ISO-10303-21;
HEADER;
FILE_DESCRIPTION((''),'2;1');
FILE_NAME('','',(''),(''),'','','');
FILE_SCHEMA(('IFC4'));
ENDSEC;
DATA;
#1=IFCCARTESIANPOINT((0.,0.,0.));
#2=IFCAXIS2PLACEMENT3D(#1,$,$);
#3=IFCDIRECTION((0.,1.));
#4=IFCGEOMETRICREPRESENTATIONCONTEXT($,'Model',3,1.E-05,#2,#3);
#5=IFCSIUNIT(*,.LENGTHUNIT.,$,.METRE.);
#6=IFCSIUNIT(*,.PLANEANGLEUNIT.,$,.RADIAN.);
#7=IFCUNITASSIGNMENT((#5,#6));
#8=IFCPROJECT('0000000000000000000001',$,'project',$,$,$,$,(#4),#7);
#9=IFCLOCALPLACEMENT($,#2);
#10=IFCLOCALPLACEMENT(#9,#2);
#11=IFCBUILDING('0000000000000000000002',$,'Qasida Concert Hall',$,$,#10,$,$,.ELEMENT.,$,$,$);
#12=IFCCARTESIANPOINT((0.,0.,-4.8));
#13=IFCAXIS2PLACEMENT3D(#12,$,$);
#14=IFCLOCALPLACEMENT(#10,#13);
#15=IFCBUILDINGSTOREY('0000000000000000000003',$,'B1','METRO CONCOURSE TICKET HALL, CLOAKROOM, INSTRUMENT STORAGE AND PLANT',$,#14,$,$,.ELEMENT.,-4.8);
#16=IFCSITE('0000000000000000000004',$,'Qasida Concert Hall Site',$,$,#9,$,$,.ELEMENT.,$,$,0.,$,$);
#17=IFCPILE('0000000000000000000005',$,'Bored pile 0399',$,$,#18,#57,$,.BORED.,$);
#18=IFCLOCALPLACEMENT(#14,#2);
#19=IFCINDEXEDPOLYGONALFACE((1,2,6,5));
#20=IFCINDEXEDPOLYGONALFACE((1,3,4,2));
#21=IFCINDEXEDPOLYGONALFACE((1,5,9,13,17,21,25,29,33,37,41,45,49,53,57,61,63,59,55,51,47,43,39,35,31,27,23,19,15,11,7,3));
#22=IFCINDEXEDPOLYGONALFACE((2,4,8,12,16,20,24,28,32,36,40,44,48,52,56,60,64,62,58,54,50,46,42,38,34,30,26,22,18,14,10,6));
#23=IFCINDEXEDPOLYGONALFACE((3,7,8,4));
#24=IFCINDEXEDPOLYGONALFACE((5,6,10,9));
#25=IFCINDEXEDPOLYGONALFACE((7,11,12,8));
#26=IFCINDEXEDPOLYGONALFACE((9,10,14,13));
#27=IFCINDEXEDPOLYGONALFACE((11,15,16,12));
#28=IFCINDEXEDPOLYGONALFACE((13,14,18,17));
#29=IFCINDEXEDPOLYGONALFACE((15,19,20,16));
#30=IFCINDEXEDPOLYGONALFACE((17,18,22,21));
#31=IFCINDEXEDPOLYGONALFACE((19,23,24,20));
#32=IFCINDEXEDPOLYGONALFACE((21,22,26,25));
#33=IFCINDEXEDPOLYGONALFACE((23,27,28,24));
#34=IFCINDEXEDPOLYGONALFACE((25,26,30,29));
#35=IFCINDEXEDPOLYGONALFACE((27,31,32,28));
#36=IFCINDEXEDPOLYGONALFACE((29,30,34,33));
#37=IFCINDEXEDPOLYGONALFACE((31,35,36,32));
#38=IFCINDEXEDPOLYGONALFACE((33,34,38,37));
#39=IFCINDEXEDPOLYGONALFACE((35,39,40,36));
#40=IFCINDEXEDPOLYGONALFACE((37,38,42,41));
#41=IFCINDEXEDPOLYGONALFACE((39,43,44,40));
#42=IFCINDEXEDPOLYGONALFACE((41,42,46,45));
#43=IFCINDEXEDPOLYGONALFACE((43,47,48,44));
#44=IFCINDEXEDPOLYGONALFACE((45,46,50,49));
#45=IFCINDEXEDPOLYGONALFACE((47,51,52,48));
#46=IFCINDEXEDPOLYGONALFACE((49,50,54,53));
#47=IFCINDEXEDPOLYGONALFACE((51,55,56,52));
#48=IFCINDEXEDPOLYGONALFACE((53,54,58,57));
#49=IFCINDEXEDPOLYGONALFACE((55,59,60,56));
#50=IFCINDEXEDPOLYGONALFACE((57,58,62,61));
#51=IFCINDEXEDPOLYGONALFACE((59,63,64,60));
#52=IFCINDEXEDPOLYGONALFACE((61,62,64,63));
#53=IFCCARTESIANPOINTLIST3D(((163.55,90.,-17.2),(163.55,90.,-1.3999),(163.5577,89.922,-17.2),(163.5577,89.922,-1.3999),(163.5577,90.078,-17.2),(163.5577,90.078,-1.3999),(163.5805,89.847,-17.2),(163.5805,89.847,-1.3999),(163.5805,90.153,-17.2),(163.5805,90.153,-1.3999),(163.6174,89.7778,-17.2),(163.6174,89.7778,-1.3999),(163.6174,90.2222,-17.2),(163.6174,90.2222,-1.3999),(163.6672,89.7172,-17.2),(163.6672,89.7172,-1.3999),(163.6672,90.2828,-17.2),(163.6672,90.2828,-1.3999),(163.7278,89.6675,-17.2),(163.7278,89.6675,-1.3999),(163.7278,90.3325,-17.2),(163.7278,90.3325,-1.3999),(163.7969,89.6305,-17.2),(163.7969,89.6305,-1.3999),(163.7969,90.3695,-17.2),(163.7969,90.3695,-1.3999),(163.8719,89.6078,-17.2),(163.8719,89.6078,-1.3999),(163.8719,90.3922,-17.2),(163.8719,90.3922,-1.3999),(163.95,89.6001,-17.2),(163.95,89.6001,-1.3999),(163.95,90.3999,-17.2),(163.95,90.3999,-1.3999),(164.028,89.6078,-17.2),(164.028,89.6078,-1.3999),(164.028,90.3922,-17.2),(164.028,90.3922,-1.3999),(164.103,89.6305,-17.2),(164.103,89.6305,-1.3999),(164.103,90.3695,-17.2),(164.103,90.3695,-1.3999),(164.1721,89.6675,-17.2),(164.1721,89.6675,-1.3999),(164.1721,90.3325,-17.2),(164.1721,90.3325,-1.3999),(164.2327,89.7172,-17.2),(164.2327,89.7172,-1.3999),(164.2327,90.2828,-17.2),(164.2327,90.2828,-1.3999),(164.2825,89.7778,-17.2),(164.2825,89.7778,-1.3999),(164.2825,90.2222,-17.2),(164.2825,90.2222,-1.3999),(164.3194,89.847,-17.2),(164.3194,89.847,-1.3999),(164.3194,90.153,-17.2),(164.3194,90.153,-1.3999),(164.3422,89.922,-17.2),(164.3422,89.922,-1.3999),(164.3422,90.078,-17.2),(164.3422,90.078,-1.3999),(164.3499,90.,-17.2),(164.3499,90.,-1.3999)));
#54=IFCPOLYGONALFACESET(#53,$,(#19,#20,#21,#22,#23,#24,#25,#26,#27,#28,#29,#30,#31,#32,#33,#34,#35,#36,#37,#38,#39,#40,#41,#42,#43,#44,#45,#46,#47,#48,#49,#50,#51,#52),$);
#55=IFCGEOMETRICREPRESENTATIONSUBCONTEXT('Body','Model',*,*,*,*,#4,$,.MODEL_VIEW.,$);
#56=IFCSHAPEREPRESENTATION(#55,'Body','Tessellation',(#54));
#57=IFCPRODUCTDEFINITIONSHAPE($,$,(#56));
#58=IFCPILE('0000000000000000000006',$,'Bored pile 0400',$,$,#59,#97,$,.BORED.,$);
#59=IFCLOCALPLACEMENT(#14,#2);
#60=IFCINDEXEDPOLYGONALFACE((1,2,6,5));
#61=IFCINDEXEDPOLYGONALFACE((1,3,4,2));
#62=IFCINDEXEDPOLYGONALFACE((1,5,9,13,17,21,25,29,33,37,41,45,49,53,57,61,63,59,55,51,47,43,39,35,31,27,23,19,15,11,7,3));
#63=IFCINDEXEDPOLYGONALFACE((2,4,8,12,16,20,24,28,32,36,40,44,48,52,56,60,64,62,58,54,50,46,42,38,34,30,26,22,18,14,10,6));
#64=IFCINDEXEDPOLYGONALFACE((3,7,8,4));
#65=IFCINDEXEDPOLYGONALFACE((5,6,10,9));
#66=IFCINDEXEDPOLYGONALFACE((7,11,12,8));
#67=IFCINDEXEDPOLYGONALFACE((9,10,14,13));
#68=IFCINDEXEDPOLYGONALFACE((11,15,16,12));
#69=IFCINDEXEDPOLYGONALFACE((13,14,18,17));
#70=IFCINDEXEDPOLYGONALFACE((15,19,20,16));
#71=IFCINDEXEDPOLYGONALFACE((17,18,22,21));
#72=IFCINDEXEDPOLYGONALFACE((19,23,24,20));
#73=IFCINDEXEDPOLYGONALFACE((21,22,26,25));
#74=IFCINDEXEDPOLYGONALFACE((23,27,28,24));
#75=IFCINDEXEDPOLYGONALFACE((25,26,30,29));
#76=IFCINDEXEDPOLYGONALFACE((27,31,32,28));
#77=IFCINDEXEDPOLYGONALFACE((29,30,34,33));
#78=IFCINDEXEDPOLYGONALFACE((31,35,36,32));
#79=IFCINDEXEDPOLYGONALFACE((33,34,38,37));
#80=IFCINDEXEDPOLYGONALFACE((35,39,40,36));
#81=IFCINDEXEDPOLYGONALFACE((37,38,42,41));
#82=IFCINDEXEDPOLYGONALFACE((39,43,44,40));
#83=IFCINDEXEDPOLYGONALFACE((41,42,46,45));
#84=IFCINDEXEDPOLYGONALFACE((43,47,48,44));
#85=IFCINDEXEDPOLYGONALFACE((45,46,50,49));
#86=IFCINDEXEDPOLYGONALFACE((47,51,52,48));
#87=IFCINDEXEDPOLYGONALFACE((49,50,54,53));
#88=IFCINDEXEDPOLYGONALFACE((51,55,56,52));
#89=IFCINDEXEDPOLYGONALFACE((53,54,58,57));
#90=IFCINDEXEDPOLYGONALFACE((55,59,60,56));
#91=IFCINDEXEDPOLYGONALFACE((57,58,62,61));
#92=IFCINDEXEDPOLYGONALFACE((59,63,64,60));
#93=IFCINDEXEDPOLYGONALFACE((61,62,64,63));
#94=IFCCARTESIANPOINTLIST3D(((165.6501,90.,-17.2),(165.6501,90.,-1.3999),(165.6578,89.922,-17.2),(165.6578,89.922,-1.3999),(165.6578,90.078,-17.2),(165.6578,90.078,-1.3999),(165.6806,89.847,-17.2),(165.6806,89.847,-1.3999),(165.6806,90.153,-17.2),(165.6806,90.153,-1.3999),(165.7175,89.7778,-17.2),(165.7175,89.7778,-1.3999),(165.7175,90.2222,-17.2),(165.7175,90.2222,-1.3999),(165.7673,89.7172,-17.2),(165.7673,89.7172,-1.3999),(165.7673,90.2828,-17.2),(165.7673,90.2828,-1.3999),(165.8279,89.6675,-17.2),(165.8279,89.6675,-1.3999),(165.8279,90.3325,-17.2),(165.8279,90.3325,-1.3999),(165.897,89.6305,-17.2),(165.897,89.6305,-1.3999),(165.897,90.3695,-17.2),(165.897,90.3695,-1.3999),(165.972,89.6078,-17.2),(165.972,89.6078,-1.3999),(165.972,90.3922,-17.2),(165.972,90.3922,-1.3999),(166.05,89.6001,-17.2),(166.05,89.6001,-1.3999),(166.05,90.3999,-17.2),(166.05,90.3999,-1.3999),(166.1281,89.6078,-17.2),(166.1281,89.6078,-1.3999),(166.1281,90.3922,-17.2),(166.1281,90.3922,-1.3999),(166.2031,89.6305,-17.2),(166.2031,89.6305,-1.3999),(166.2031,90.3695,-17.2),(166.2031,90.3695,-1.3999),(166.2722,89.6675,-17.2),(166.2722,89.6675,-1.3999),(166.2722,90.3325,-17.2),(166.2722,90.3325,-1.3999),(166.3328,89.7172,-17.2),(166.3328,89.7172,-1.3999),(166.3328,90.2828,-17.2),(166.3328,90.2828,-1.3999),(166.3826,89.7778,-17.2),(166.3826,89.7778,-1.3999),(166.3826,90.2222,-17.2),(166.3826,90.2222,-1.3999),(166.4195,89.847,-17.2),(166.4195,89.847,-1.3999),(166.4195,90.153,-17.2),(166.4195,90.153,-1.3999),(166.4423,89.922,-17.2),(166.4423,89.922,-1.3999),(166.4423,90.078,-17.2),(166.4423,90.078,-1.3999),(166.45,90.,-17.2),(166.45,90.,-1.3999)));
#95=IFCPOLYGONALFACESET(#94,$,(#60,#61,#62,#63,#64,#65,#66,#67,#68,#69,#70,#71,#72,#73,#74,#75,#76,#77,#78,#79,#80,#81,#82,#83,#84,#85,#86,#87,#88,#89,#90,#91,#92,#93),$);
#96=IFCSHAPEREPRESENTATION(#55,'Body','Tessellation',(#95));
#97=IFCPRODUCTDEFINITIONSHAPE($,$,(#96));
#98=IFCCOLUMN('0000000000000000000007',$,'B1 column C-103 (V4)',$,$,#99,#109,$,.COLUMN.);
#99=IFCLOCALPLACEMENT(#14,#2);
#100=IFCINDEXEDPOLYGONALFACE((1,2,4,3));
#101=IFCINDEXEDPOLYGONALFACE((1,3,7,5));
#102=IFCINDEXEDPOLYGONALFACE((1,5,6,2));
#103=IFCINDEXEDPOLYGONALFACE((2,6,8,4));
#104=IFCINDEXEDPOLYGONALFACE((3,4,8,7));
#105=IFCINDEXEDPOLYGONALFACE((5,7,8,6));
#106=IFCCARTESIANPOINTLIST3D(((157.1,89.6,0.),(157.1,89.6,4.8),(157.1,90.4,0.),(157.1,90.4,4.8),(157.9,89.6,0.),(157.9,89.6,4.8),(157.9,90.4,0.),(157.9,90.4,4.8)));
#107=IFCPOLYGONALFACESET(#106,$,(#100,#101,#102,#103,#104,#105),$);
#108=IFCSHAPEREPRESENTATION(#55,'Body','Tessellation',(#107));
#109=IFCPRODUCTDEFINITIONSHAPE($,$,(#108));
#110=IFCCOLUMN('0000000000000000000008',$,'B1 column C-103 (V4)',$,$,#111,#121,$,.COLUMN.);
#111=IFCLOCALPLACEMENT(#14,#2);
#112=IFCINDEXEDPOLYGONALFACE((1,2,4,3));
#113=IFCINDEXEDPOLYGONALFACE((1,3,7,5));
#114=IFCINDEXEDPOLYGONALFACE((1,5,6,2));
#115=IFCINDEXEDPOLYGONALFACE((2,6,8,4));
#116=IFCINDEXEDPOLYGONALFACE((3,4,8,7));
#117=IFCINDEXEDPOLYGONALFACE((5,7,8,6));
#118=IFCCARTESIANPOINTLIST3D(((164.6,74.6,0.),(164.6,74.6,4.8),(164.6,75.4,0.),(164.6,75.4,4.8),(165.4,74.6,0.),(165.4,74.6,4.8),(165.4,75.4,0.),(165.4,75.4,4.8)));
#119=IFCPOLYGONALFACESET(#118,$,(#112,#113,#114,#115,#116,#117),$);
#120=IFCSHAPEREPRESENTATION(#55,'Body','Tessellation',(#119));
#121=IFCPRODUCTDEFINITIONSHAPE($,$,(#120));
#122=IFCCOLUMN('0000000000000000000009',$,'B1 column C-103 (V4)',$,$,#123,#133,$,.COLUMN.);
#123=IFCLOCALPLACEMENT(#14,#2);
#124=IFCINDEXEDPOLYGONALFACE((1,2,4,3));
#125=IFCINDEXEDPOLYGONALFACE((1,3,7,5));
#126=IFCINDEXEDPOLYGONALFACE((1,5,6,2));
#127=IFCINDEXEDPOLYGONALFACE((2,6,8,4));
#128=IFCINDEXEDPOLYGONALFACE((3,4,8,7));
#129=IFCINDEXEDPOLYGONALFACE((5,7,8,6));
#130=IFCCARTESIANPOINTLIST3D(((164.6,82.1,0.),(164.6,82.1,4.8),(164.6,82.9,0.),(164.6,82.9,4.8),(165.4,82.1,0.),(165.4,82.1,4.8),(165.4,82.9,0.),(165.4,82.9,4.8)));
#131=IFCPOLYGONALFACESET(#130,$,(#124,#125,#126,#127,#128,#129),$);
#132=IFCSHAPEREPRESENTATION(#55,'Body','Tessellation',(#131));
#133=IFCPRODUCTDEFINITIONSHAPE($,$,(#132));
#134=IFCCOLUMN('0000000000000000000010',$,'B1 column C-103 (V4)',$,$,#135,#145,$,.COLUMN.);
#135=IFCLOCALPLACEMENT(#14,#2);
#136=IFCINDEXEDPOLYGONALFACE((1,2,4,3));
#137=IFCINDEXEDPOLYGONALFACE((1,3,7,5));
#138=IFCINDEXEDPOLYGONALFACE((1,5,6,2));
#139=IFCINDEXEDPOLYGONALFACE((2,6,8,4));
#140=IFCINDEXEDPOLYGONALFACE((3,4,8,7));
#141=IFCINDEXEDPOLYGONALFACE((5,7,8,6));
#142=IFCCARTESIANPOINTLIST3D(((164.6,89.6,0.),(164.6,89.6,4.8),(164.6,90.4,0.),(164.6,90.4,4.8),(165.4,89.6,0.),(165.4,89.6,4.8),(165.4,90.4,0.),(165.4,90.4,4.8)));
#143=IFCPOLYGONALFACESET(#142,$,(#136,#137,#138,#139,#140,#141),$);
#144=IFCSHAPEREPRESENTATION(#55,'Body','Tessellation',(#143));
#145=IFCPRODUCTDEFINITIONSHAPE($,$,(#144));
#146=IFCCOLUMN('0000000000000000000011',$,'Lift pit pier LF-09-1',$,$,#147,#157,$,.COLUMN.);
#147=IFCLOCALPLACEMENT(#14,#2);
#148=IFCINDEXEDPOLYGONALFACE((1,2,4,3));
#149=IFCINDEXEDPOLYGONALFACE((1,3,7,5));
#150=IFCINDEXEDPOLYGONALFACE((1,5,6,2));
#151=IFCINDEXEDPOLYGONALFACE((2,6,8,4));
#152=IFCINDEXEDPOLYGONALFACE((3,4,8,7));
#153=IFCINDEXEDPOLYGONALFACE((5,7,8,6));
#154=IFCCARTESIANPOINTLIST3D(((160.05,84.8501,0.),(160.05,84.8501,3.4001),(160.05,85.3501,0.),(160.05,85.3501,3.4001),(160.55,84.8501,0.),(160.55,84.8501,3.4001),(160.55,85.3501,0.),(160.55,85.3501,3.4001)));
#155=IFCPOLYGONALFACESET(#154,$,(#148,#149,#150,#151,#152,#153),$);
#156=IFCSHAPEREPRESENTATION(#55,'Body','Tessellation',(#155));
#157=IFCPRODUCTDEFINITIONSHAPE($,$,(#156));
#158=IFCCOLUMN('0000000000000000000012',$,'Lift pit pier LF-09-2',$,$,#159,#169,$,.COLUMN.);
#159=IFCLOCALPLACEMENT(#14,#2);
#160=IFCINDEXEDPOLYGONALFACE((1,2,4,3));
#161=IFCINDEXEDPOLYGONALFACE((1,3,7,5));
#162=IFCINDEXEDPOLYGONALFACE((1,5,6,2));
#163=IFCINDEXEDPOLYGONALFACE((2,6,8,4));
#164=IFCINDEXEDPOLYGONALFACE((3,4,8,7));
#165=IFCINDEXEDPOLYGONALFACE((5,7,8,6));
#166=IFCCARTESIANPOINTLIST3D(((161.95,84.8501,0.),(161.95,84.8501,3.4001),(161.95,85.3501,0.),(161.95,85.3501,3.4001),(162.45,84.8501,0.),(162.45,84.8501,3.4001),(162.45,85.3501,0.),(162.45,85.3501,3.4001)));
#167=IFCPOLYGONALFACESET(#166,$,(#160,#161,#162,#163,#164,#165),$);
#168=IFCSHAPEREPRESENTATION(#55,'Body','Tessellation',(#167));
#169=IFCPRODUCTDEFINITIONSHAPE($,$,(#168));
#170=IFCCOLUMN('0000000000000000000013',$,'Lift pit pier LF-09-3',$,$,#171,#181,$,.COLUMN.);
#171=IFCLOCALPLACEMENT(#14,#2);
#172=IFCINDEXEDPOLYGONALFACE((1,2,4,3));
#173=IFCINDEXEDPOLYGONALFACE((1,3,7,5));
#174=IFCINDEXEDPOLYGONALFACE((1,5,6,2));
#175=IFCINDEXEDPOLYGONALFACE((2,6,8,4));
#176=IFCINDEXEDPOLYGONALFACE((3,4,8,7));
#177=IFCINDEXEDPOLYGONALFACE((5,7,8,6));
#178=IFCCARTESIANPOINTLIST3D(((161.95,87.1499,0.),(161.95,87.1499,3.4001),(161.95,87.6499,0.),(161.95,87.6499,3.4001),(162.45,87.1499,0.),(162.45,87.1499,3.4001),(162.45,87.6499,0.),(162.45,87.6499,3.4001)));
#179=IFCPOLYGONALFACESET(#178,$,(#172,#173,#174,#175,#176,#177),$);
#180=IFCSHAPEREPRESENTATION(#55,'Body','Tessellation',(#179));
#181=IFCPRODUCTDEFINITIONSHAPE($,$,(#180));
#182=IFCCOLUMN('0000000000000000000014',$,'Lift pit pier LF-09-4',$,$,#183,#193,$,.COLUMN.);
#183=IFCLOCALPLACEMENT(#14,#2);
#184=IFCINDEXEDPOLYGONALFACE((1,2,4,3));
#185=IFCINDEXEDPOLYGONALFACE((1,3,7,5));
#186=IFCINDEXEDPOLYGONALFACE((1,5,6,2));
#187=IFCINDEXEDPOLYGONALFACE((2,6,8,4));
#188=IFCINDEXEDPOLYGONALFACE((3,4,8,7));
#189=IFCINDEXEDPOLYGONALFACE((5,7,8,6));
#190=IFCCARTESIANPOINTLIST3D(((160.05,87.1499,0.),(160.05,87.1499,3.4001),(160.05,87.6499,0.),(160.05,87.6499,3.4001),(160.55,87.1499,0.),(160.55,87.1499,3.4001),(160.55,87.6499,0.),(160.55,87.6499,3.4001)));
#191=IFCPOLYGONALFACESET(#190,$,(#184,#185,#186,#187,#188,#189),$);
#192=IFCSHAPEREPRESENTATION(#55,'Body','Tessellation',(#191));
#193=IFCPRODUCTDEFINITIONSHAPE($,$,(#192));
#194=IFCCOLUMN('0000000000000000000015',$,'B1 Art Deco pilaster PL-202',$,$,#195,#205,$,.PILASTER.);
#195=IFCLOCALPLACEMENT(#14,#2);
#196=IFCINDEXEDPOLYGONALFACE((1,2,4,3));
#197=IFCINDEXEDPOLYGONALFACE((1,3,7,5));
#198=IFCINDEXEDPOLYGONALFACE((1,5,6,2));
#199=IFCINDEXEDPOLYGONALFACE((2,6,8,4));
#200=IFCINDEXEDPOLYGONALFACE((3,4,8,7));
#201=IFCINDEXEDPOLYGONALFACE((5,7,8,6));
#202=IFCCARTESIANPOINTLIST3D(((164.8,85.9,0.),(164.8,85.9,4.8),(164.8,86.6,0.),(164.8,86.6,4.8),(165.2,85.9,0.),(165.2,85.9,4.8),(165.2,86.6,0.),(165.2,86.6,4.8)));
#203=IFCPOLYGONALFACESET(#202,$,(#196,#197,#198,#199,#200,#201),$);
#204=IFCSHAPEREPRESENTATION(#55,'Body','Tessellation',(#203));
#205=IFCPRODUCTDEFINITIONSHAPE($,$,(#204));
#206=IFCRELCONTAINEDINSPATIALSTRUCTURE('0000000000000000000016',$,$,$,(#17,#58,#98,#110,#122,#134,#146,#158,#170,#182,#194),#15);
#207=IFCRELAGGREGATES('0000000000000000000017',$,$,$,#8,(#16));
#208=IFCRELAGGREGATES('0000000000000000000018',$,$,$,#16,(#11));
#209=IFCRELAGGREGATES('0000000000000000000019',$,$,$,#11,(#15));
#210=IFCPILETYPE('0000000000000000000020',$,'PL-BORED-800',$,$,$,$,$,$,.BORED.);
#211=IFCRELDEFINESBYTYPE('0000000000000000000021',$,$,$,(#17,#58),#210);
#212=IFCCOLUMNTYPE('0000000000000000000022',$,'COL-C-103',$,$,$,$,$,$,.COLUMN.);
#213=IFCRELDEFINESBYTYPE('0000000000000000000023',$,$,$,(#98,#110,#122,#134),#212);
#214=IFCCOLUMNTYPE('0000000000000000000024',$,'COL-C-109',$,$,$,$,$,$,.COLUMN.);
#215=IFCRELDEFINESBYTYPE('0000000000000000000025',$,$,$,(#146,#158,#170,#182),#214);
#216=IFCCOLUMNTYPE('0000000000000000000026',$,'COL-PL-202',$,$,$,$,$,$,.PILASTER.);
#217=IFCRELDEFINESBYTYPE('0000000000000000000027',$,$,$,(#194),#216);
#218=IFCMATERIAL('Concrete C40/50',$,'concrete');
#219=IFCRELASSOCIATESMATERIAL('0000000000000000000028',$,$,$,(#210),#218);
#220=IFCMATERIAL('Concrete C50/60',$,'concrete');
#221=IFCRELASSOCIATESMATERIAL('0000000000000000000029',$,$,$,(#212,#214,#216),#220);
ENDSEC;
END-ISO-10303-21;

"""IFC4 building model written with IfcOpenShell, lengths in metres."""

from ifc_helpers import new_model, si_unit, direction, frame, origin, origin_2d, place, context, subcontext, project, spatial, rectangle, circle, extrude, material, material_profile, profile_set, type_object, element, save


model = new_model("IFC4")

# Units and contexts
model_context = context("Model", 3, precision=1e-05, world=origin(), true_north=direction((0.0, 1.0)))
body_context = subcontext(model_context, "Body", "Model", "MODEL_VIEW")
ifc_project = project(units=[si_unit("LENGTHUNIT", "METRE"), si_unit("PLANEANGLEUNIT", "RADIAN")], contexts=[model_context])

# Site, building, storey
site_placement = place(None, origin())
site = spatial("IfcSite", under=ifc_project, at=site_placement, Name="Qasida Concert Hall Site", CompositionType="ELEMENT", RefElevation=0.0)
building_placement = place(site_placement, origin())
building = spatial("IfcBuilding", under=site, at=building_placement, Name="Qasida Concert Hall", CompositionType="ELEMENT")
storey_placement = place(building_placement, frame((0.0, 0.0, -4.8)))
storey = spatial("IfcBuildingStorey", under=building, at=storey_placement, Name="B1", Description="METRO CONCOURSE TICKET HALL, CLOAKROOM, INSTRUMENT STORAGE AND PLANT", CompositionType="ELEMENT", Elevation=-4.8)

# Shared definitions
ifc_material_1 = material(Name="Concrete C40/50", Category="concrete")

# Piles
ifc_material_profile_1 = material_profile(ifc_material_1, circle(Radius=0.3999, at=origin_2d()), Name="BORED PILE D800")
ifc_profile_set_1 = profile_set([ifc_material_profile_1], Name="Concrete C40/50")
pile_type = type_object("IfcPileType", Name="PL-BORED-800", PredefinedType="BORED", material=ifc_profile_set_1)
for number, where, z_axis, x_axis, name in (
    (1, (163.95, 90.0, -1.3999), (0.0, 0.0, -1.0), (1.0, 0.0, 0.0), "Bored pile 0399"),
    (2, (166.05, 90.0, -1.3999), (0.0, 0.0, -1.0), (1.0, 0.0, 0.0), "Bored pile 0400"),
):
    element("IfcPile", number, at=place(storey_placement, frame(where, z_axis=z_axis, x_axis=x_axis)), inside=storey, type_object=pile_type, Name=name, PredefinedType="BORED", context=body_context, shape_type="SweptSolid", body=[
        extrude(circle(Radius=0.3999, at=origin_2d()), origin(), (0.0, 0.0, 1.0), 15.8),
    ])

# Columns
ifc_material_2 = material(Name="Concrete C50/60", Category="concrete")
ifc_material_profile_2 = material_profile(ifc_material_2, rectangle(XDim=0.8, YDim=0.8, at=origin_2d()), Name="RC 800x800")
ifc_profile_set_2 = profile_set([ifc_material_profile_2], Name="Concrete C50/60")
column_type_1 = type_object("IfcColumnType", Name="COL-C-103", PredefinedType="COLUMN", material=ifc_profile_set_2)
for number, where, z_axis, x_axis, name in (
    (3, (157.5, 90.0, 0.0), (0.0, 0.0, 1.0), (1.0, 0.0, 0.0), "B1 column C-103 (V4)"),
    (4, (165.0, 75.0, 0.0), (0.0, 0.0, 1.0), (1.0, 0.0, 0.0), "B1 column C-103 (V4)"),
    (5, (165.0, 82.5, 0.0), (0.0, 0.0, 1.0), (1.0, 0.0, 0.0), "B1 column C-103 (V4)"),
    (6, (165.0, 90.0, 0.0), (0.0, 0.0, 1.0), (1.0, 0.0, 0.0), "B1 column C-103 (V4)"),
):
    element("IfcColumn", number, at=place(storey_placement, frame(where, z_axis=z_axis, x_axis=x_axis)), inside=storey, type_object=column_type_1, Name=name, PredefinedType="COLUMN", context=body_context, shape_type="SweptSolid", body=[
        extrude(rectangle(XDim=0.8, YDim=0.8, at=origin_2d()), origin(), (0.0, 0.0, 1.0), 4.8),
    ])
ifc_material_profile_3 = material_profile(ifc_material_2, rectangle(XDim=0.5, YDim=0.5, at=origin_2d()), Name="RC 500x500")
ifc_profile_set_3 = profile_set([ifc_material_profile_3], Name="Concrete C50/60")
column_type_2 = type_object("IfcColumnType", Name="COL-C-109", PredefinedType="COLUMN", material=ifc_profile_set_3)
for number, where, z_axis, x_axis, name in (
    (7, (160.3, 85.1001, 0.0), (0.0, 0.0, 1.0), (1.0, 0.0, 0.0), "Lift pit pier LF-09-1"),
    (8, (162.2, 85.1001, 0.0), (0.0, 0.0, 1.0), (1.0, 0.0, 0.0), "Lift pit pier LF-09-2"),
    (9, (162.2, 87.3999, 0.0), (0.0, 0.0, 1.0), (1.0, 0.0, 0.0), "Lift pit pier LF-09-3"),
    (10, (160.3, 87.3999, 0.0), (0.0, 0.0, 1.0), (1.0, 0.0, 0.0), "Lift pit pier LF-09-4"),
):
    element("IfcColumn", number, at=place(storey_placement, frame(where, z_axis=z_axis, x_axis=x_axis)), inside=storey, type_object=column_type_2, Name=name, PredefinedType="COLUMN", context=body_context, shape_type="SweptSolid", body=[
        extrude(rectangle(XDim=0.5, YDim=0.5, at=origin_2d()), origin(), (0.0, 0.0, 1.0), 3.4001),
    ])
ifc_material_profile_4 = material_profile(ifc_material_2, rectangle(XDim=0.3999, YDim=0.7, at=origin_2d()), Name="RC 400x700")
ifc_profile_set_4 = profile_set([ifc_material_profile_4], Name="Concrete C50/60")
column_type_3 = type_object("IfcColumnType", Name="COL-PL-202", PredefinedType="PILASTER", material=ifc_profile_set_4)
column_placement = place(storey_placement, frame((165.0, 86.25, 0.0), z_axis=(0.0, 0.0, 1.0), x_axis=(1.0, 0.0, 0.0)))
element("IfcColumn", 11, at=column_placement, inside=storey, type_object=column_type_3, Name="B1 Art Deco pilaster PL-202", PredefinedType="PILASTER", context=body_context, shape_type="SweptSolid", body=[
    extrude(rectangle(XDim=0.3999, YDim=0.7, at=origin_2d()), origin(), (0.0, 0.0, 1.0), 4.8),
])

save(model, "model.ifc")
